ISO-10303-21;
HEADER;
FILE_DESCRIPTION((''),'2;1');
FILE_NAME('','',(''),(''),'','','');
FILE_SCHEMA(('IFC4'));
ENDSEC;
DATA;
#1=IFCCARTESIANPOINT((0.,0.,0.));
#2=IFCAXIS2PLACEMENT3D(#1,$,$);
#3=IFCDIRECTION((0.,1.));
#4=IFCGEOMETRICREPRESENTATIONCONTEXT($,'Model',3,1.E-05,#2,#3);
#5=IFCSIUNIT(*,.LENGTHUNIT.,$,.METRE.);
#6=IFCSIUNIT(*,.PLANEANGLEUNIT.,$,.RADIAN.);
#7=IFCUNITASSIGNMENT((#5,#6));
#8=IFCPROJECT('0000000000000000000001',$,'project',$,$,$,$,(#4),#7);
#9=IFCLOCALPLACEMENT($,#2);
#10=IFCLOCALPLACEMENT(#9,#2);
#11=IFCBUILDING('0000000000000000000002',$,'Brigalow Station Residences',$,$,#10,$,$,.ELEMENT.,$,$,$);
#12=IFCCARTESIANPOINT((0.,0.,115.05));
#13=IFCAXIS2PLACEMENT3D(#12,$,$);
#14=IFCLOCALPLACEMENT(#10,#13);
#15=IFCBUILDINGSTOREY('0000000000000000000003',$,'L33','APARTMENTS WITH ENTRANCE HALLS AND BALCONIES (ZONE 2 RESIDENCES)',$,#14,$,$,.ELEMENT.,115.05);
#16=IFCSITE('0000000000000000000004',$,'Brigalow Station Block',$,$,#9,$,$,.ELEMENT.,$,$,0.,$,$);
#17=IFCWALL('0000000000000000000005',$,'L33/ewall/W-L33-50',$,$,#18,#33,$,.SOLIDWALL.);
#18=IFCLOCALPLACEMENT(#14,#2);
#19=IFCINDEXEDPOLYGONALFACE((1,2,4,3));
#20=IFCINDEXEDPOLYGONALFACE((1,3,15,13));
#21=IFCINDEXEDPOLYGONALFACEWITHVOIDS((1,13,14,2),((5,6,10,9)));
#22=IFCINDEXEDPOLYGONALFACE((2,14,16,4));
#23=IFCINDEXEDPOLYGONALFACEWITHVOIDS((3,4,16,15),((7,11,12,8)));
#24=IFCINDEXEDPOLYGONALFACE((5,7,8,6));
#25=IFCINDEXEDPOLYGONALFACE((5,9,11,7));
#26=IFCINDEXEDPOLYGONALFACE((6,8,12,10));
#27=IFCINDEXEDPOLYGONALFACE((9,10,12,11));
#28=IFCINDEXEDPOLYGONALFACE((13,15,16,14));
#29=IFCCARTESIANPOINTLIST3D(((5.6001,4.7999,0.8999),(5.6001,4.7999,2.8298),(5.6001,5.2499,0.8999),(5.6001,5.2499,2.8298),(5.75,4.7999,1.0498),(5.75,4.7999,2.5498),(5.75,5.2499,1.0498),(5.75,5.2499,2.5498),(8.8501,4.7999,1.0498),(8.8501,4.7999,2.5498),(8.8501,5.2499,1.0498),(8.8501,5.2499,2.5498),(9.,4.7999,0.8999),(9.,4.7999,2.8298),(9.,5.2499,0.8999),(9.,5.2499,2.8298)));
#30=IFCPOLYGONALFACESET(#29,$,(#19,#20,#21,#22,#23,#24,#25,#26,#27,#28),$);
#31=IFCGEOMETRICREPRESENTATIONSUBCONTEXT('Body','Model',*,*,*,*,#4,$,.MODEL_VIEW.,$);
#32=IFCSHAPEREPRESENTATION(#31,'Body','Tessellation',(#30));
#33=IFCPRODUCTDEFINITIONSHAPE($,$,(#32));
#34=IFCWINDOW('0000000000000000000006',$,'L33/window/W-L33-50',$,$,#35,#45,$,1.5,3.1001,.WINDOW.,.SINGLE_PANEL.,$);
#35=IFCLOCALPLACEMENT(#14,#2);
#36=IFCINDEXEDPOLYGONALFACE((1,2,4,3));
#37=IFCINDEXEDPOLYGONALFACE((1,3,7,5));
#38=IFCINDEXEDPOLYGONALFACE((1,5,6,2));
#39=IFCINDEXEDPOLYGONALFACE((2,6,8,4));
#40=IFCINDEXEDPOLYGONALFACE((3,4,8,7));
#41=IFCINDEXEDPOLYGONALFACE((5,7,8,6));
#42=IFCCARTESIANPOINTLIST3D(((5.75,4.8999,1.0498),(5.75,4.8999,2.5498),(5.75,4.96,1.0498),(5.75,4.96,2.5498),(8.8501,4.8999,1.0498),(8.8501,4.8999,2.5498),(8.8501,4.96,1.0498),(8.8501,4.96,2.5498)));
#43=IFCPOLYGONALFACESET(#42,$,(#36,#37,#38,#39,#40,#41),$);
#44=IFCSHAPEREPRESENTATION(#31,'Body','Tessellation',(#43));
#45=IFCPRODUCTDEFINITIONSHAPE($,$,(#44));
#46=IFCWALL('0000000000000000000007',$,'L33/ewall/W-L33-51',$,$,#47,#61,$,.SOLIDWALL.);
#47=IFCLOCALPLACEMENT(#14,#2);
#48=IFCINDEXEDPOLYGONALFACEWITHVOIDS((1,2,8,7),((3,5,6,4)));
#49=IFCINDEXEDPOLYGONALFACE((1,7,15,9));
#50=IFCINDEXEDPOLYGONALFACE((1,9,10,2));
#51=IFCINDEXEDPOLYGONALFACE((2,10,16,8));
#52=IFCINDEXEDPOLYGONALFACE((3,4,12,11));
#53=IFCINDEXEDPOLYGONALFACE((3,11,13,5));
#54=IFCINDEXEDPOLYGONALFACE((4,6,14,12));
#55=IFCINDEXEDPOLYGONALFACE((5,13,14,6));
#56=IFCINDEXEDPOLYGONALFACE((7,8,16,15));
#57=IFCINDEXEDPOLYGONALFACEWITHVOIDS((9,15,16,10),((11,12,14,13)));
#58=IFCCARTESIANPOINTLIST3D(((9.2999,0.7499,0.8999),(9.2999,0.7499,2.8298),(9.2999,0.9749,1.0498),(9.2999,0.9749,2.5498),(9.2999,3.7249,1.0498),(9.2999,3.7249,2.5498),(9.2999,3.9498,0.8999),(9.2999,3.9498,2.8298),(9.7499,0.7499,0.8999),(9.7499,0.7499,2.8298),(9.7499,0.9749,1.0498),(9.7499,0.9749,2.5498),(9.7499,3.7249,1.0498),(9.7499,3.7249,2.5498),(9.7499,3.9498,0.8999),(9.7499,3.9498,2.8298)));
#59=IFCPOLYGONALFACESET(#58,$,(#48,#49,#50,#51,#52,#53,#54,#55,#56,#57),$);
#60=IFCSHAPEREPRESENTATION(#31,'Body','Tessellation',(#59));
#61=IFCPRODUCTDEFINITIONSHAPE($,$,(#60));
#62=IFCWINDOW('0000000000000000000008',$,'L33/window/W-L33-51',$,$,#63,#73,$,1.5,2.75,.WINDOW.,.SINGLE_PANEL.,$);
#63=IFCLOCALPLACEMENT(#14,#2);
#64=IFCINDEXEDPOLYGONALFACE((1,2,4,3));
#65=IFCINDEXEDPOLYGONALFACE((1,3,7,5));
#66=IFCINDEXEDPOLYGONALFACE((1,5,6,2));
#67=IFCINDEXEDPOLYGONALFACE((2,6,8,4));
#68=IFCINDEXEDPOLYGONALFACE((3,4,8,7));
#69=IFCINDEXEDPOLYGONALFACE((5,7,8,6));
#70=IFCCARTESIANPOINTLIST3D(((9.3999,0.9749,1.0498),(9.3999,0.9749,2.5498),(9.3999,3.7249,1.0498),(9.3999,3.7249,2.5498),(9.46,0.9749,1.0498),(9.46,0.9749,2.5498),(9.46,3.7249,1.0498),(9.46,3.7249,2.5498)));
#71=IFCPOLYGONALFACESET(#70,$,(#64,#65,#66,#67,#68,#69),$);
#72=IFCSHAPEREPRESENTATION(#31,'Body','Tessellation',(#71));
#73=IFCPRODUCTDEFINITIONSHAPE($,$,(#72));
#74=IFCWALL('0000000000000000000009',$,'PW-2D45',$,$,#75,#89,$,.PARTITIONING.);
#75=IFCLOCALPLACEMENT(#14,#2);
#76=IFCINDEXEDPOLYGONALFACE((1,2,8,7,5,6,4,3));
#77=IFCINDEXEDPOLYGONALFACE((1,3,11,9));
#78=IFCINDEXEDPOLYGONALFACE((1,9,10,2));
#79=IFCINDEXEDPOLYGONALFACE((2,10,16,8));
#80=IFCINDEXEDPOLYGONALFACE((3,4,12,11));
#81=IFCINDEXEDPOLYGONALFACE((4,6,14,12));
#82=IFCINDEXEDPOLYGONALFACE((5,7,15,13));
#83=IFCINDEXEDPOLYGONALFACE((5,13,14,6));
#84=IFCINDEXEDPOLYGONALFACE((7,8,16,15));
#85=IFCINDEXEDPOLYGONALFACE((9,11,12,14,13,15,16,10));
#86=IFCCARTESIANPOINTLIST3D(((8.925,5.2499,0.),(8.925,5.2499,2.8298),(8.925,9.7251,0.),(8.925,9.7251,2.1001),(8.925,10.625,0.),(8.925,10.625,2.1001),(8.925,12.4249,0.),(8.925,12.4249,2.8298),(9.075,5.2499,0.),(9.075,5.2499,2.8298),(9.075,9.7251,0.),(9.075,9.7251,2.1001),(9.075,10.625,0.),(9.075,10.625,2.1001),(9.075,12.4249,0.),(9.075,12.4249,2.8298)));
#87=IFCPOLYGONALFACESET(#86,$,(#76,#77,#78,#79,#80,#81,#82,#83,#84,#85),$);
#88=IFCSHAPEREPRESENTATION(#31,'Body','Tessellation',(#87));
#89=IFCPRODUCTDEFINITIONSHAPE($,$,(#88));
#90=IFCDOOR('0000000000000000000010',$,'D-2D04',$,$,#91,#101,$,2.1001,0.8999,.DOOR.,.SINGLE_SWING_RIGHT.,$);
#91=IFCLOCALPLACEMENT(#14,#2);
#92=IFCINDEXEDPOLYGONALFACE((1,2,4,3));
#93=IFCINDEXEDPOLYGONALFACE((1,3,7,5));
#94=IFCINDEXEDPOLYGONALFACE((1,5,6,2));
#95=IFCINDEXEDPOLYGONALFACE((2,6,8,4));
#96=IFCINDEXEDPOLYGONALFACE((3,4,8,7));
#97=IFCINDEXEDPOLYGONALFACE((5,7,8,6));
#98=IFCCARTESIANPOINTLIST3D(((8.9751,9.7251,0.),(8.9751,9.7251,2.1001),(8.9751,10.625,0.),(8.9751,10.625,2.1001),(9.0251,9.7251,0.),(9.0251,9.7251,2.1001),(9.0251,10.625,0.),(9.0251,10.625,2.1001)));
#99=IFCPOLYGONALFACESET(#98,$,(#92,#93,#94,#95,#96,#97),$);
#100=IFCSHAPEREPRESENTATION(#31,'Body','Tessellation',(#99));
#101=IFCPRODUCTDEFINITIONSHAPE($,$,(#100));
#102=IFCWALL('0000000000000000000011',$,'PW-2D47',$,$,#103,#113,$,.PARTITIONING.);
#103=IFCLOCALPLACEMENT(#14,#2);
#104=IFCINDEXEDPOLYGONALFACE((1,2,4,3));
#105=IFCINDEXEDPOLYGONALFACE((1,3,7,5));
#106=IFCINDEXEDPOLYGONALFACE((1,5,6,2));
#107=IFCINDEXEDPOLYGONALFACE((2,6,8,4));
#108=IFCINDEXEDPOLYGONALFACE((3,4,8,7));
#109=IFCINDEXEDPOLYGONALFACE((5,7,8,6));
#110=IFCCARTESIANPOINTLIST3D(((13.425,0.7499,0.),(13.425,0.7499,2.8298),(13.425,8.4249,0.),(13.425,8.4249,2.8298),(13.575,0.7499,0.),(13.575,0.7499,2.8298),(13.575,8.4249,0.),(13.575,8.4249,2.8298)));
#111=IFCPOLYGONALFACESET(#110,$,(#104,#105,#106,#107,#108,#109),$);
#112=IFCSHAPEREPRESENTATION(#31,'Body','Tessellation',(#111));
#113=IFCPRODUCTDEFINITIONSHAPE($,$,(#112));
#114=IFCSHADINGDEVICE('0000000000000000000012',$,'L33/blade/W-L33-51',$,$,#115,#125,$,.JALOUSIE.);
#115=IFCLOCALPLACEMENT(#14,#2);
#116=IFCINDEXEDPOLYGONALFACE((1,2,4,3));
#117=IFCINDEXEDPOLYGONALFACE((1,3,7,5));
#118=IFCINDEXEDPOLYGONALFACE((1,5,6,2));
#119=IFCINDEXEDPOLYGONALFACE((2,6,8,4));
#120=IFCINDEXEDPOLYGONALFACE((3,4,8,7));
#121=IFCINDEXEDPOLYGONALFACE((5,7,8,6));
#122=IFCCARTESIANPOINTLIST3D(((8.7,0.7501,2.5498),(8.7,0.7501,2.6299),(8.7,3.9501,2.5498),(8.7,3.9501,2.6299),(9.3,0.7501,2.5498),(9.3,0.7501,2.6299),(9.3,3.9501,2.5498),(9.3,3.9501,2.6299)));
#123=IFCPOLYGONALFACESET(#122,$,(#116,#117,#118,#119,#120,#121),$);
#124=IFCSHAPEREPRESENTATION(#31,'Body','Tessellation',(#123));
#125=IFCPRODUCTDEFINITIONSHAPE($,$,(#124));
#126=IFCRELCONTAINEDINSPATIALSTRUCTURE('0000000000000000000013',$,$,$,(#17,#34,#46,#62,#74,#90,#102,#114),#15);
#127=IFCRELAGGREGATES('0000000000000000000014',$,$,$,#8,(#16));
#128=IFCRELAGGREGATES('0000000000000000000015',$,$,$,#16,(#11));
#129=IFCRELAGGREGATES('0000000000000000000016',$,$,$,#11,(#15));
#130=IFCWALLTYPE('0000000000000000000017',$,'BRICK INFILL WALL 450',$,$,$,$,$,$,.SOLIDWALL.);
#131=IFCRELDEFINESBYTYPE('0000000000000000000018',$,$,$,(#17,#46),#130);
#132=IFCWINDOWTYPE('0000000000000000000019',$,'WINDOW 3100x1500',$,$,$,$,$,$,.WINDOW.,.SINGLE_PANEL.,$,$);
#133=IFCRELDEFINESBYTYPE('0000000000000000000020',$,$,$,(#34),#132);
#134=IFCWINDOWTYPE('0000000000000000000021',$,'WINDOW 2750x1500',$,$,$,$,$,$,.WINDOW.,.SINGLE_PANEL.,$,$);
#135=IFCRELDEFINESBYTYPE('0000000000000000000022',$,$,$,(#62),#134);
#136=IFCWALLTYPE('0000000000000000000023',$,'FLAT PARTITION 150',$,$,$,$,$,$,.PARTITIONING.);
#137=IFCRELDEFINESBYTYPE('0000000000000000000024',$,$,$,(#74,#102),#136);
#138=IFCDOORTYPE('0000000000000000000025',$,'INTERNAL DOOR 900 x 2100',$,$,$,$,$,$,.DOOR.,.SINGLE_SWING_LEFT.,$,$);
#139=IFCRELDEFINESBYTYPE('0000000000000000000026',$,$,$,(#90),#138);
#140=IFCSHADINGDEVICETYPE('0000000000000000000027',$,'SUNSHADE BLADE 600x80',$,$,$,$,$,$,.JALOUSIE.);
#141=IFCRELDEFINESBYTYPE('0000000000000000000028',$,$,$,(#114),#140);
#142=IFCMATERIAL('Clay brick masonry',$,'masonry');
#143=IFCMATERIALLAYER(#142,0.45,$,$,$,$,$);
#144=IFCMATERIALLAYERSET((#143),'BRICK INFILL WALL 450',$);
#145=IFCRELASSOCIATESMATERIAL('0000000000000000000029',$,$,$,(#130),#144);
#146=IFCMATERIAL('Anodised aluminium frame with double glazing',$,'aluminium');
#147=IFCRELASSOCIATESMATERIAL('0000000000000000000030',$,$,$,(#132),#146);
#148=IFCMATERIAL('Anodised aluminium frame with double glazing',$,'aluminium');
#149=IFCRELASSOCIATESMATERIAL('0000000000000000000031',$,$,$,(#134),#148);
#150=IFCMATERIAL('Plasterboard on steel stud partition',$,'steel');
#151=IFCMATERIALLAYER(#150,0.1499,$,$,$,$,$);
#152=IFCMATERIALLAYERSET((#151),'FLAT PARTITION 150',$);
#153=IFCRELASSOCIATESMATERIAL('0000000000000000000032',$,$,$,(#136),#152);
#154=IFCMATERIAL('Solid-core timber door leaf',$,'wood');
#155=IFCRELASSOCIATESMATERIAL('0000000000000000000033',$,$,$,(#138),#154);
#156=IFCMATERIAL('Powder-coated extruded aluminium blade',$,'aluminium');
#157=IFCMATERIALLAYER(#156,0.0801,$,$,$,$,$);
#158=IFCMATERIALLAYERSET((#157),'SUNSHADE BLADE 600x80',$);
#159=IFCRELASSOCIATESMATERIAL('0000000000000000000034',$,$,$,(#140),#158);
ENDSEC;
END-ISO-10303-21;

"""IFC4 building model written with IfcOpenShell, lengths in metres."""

from ifc_helpers import new_model, si_unit, direction, frame, frame_2d, origin, origin_2d, place, context, subcontext, project, spatial, rectangle, extrude, material, layer, layer_set, type_object, element, fill, save


model = new_model("IFC4")

# Units and contexts
model_context = context("Model", 3, precision=1e-05, world=origin(), true_north=direction((0.0, 1.0)))
body_context = subcontext(model_context, "Body", "Model", "MODEL_VIEW")
ifc_project = project(units=[si_unit("LENGTHUNIT", "METRE"), si_unit("PLANEANGLEUNIT", "RADIAN")], contexts=[model_context])

# Site, building, storey
site_placement = place(None, origin())
site = spatial("IfcSite", under=ifc_project, at=site_placement, Name="Brigalow Station Block", CompositionType="ELEMENT", RefElevation=0.0)
building_placement = place(site_placement, origin())
building = spatial("IfcBuilding", under=site, at=building_placement, Name="Brigalow Station Residences", CompositionType="ELEMENT")
storey_placement = place(building_placement, frame((0.0, 0.0, 115.05)))
storey = spatial("IfcBuildingStorey", under=building, at=storey_placement, Name="L33", Description="APARTMENTS WITH ENTRANCE HALLS AND BALCONIES (ZONE 2 RESIDENCES)", CompositionType="ELEMENT", Elevation=115.05)

# Walls, openings, windows
ifc_material_1 = material(Name="Clay brick masonry", Category="masonry")
ifc_layer_1 = layer(ifc_material_1, 0.45)
ifc_layer_set_1 = layer_set([ifc_layer_1], Name="BRICK INFILL WALL 450")
wall_type_1 = type_object("IfcWallType", Name="BRICK INFILL WALL 450", PredefinedType="SOLIDWALL", material=ifc_layer_set_1)
wall_1_placement = place(storey_placement, frame((5.6001, 5.0249, 0.8999), z_axis=(0.0, 0.0, 1.0), x_axis=(1.0, 0.0, 0.0)))
wall_1 = element("IfcWall", 1, at=wall_1_placement, inside=storey, type_object=wall_type_1, Name="L33/ewall/W-L33-50", PredefinedType="SOLIDWALL", context=body_context, shape_type="SweptSolid", body=[
    extrude(rectangle(XDim=3.3999, YDim=0.45, at=frame_2d((1.7, 0.0))), origin(), (0.0, 0.0, 1.0), 1.9299),
])
opening_1_placement = place(wall_1_placement, frame((0.1499, 0.0, 0.1499)))
opening_1 = element("IfcOpeningElement", 2, at=opening_1_placement, cuts=wall_1, PredefinedType="OPENING", context=body_context, shape_type="SweptSolid", body=[
    extrude(rectangle(XDim=3.1001, YDim=1.5, at=frame_2d((1.55, 0.75))), frame((0.0, 0.2349, 0.0), z_axis=(0.0, -1.0, 0.0), x_axis=(1.0, 0.0, 0.0)), (0.0, 0.0, 1.0), 0.47),
])
ifc_material_2 = material(Name="Anodised aluminium frame with double glazing", Category="aluminium")
window_type_1 = type_object("IfcWindowType", Name="WINDOW 3100x1500", PartitioningType="SINGLE_PANEL", PredefinedType="WINDOW", material=ifc_material_2)
window_1_placement = place(opening_1_placement, origin())
window_1 = element("IfcWindow", 3, at=window_1_placement, inside=storey, type_object=window_type_1, Name="L33/window/W-L33-50", OverallHeight=1.5, OverallWidth=3.1001, PartitioningType="SINGLE_PANEL", PredefinedType="WINDOW", context=body_context, shape_type="SweptSolid", body=[
    extrude(rectangle(XDim=3.1001, YDim=1.5, at=frame_2d((1.55, 0.75))), frame((0.0, -0.0649, 0.0), z_axis=(0.0, -1.0, 0.0), x_axis=(1.0, 0.0, 0.0)), (0.0, 0.0, 1.0), 0.0601),
])
fill(opening_1, window_1)
wall_2_placement = place(storey_placement, frame((9.5249, 3.95, 0.8999), z_axis=(0.0, 0.0, 1.0), x_axis=(0.0, -1.0, 0.0)))
wall_2 = element("IfcWall", 4, at=wall_2_placement, inside=storey, type_object=wall_type_1, Name="L33/ewall/W-L33-51", PredefinedType="SOLIDWALL", context=body_context, shape_type="SweptSolid", body=[
    extrude(rectangle(XDim=3.2, YDim=0.45, at=frame_2d((1.6001, 0.0))), origin(), (0.0, 0.0, 1.0), 1.9299),
])
opening_2_placement = place(wall_2_placement, frame((0.2251, 0.0, 0.1499)))
opening_2 = element("IfcOpeningElement", 5, at=opening_2_placement, cuts=wall_2, PredefinedType="OPENING", context=body_context, shape_type="SweptSolid", body=[
    extrude(rectangle(XDim=2.75, YDim=1.5, at=frame_2d((1.375, 0.75))), frame((0.0, 0.2349, 0.0), z_axis=(0.0, -1.0, 0.0), x_axis=(1.0, 0.0, 0.0)), (0.0, 0.0, 1.0), 0.47),
])
ifc_material_3 = material(Name="Anodised aluminium frame with double glazing", Category="aluminium")
window_type_2 = type_object("IfcWindowType", Name="WINDOW 2750x1500", PartitioningType="SINGLE_PANEL", PredefinedType="WINDOW", material=ifc_material_3)
window_2_placement = place(opening_2_placement, origin())
window_2 = element("IfcWindow", 6, at=window_2_placement, inside=storey, type_object=window_type_2, Name="L33/window/W-L33-51", OverallHeight=1.5, OverallWidth=2.75, PartitioningType="SINGLE_PANEL", PredefinedType="WINDOW", context=body_context, shape_type="SweptSolid", body=[
    extrude(rectangle(XDim=2.75, YDim=1.5, at=frame_2d((1.375, 0.75))), frame((0.0, -0.0649, 0.0), z_axis=(0.0, -1.0, 0.0), x_axis=(1.0, 0.0, 0.0)), (0.0, 0.0, 1.0), 0.0601),
])
fill(opening_2, window_2)

# Wall, opening, door
ifc_material_4 = material(Name="Plasterboard on steel stud partition", Category="steel")
ifc_layer_2 = layer(ifc_material_4, 0.1499)
ifc_layer_set_2 = layer_set([ifc_layer_2], Name="FLAT PARTITION 150")
wall_type_2 = type_object("IfcWallType", Name="FLAT PARTITION 150", PredefinedType="PARTITIONING", material=ifc_layer_set_2)
wall_3_placement = place(storey_placement, frame((9.0, 5.25, 0.0), z_axis=(0.0, 0.0, 1.0), x_axis=(0.0, 1.0, 0.0)))
wall_3 = element("IfcWall", 7, at=wall_3_placement, inside=storey, type_object=wall_type_2, Name="PW-2D45", PredefinedType="PARTITIONING", context=body_context, shape_type="SweptSolid", body=[
    extrude(rectangle(XDim=7.175, YDim=0.1499, at=frame_2d((3.5874, 0.0))), origin(), (0.0, 0.0, 1.0), 2.8298),
])
opening_3_placement = place(wall_3_placement, frame((4.4751, 0.0, 0.0)))
opening_3 = element("IfcOpeningElement", 8, at=opening_3_placement, cuts=wall_3, PredefinedType="OPENING", context=body_context, shape_type="SweptSolid", body=[
    extrude(rectangle(XDim=0.8999, YDim=2.1001, at=frame_2d((0.45, 1.05))), frame((0.0, 0.085, 0.0), z_axis=(0.0, -1.0, 0.0), x_axis=(1.0, 0.0, 0.0)), (0.0, 0.0, 1.0), 0.1699),
])
ifc_material_5 = material(Name="Solid-core timber door leaf", Category="wood")
door_type = type_object("IfcDoorType", Name="INTERNAL DOOR 900 x 2100", OperationType="SINGLE_SWING_LEFT", PredefinedType="DOOR", material=ifc_material_5)
door_placement = place(opening_3_placement, origin())
door = element("IfcDoor", 9, at=door_placement, inside=storey, type_object=door_type, Name="D-2D04", OperationType="SINGLE_SWING_RIGHT", OverallHeight=2.1001, OverallWidth=0.8999, PredefinedType="DOOR", context=body_context, shape_type="SweptSolid", body=[
    extrude(rectangle(XDim=0.8999, YDim=2.1001, at=frame_2d((0.45, 1.05))), frame((0.0, 0.0249, 0.0), z_axis=(0.0, -1.0, 0.0), x_axis=(1.0, 0.0, 0.0)), (0.0, 0.0, 1.0), 0.05),
])
fill(opening_3, door)

# Wall
wall_4_placement = place(storey_placement, frame((13.5, 0.75, 0.0), z_axis=(0.0, 0.0, 1.0), x_axis=(0.0, 1.0, 0.0)))
element("IfcWall", 10, at=wall_4_placement, inside=storey, type_object=wall_type_2, Name="PW-2D47", PredefinedType="PARTITIONING", context=body_context, shape_type="SweptSolid", body=[
    extrude(rectangle(XDim=7.675, YDim=0.1499, at=frame_2d((3.8374, 0.0))), origin(), (0.0, 0.0, 1.0), 2.8298),
])

# Shading device
ifc_material_6 = material(Name="Powder-coated extruded aluminium blade", Category="aluminium")
ifc_layer_3 = layer(ifc_material_6, 0.0801)
ifc_layer_set_3 = layer_set([ifc_layer_3], Name="SUNSHADE BLADE 600x80")
shading_device_type = type_object("IfcShadingDeviceType", Name="SUNSHADE BLADE 600x80", PredefinedType="JALOUSIE", material=ifc_layer_set_3)
shading_device_placement = place(storey_placement, frame((9.0, 2.3501, 2.5498), z_axis=(0.0, 0.0, 1.0), x_axis=(0.0, -1.0, 0.0)))
element("IfcShadingDevice", 11, at=shading_device_placement, inside=storey, type_object=shading_device_type, Name="L33/blade/W-L33-51", PredefinedType="JALOUSIE", context=body_context, shape_type="SweptSolid", body=[
    extrude(rectangle(XDim=3.2, YDim=0.6001, at=origin_2d()), origin(), (0.0, 0.0, 1.0), 0.0801),
])

save(model, "model.ifc")
